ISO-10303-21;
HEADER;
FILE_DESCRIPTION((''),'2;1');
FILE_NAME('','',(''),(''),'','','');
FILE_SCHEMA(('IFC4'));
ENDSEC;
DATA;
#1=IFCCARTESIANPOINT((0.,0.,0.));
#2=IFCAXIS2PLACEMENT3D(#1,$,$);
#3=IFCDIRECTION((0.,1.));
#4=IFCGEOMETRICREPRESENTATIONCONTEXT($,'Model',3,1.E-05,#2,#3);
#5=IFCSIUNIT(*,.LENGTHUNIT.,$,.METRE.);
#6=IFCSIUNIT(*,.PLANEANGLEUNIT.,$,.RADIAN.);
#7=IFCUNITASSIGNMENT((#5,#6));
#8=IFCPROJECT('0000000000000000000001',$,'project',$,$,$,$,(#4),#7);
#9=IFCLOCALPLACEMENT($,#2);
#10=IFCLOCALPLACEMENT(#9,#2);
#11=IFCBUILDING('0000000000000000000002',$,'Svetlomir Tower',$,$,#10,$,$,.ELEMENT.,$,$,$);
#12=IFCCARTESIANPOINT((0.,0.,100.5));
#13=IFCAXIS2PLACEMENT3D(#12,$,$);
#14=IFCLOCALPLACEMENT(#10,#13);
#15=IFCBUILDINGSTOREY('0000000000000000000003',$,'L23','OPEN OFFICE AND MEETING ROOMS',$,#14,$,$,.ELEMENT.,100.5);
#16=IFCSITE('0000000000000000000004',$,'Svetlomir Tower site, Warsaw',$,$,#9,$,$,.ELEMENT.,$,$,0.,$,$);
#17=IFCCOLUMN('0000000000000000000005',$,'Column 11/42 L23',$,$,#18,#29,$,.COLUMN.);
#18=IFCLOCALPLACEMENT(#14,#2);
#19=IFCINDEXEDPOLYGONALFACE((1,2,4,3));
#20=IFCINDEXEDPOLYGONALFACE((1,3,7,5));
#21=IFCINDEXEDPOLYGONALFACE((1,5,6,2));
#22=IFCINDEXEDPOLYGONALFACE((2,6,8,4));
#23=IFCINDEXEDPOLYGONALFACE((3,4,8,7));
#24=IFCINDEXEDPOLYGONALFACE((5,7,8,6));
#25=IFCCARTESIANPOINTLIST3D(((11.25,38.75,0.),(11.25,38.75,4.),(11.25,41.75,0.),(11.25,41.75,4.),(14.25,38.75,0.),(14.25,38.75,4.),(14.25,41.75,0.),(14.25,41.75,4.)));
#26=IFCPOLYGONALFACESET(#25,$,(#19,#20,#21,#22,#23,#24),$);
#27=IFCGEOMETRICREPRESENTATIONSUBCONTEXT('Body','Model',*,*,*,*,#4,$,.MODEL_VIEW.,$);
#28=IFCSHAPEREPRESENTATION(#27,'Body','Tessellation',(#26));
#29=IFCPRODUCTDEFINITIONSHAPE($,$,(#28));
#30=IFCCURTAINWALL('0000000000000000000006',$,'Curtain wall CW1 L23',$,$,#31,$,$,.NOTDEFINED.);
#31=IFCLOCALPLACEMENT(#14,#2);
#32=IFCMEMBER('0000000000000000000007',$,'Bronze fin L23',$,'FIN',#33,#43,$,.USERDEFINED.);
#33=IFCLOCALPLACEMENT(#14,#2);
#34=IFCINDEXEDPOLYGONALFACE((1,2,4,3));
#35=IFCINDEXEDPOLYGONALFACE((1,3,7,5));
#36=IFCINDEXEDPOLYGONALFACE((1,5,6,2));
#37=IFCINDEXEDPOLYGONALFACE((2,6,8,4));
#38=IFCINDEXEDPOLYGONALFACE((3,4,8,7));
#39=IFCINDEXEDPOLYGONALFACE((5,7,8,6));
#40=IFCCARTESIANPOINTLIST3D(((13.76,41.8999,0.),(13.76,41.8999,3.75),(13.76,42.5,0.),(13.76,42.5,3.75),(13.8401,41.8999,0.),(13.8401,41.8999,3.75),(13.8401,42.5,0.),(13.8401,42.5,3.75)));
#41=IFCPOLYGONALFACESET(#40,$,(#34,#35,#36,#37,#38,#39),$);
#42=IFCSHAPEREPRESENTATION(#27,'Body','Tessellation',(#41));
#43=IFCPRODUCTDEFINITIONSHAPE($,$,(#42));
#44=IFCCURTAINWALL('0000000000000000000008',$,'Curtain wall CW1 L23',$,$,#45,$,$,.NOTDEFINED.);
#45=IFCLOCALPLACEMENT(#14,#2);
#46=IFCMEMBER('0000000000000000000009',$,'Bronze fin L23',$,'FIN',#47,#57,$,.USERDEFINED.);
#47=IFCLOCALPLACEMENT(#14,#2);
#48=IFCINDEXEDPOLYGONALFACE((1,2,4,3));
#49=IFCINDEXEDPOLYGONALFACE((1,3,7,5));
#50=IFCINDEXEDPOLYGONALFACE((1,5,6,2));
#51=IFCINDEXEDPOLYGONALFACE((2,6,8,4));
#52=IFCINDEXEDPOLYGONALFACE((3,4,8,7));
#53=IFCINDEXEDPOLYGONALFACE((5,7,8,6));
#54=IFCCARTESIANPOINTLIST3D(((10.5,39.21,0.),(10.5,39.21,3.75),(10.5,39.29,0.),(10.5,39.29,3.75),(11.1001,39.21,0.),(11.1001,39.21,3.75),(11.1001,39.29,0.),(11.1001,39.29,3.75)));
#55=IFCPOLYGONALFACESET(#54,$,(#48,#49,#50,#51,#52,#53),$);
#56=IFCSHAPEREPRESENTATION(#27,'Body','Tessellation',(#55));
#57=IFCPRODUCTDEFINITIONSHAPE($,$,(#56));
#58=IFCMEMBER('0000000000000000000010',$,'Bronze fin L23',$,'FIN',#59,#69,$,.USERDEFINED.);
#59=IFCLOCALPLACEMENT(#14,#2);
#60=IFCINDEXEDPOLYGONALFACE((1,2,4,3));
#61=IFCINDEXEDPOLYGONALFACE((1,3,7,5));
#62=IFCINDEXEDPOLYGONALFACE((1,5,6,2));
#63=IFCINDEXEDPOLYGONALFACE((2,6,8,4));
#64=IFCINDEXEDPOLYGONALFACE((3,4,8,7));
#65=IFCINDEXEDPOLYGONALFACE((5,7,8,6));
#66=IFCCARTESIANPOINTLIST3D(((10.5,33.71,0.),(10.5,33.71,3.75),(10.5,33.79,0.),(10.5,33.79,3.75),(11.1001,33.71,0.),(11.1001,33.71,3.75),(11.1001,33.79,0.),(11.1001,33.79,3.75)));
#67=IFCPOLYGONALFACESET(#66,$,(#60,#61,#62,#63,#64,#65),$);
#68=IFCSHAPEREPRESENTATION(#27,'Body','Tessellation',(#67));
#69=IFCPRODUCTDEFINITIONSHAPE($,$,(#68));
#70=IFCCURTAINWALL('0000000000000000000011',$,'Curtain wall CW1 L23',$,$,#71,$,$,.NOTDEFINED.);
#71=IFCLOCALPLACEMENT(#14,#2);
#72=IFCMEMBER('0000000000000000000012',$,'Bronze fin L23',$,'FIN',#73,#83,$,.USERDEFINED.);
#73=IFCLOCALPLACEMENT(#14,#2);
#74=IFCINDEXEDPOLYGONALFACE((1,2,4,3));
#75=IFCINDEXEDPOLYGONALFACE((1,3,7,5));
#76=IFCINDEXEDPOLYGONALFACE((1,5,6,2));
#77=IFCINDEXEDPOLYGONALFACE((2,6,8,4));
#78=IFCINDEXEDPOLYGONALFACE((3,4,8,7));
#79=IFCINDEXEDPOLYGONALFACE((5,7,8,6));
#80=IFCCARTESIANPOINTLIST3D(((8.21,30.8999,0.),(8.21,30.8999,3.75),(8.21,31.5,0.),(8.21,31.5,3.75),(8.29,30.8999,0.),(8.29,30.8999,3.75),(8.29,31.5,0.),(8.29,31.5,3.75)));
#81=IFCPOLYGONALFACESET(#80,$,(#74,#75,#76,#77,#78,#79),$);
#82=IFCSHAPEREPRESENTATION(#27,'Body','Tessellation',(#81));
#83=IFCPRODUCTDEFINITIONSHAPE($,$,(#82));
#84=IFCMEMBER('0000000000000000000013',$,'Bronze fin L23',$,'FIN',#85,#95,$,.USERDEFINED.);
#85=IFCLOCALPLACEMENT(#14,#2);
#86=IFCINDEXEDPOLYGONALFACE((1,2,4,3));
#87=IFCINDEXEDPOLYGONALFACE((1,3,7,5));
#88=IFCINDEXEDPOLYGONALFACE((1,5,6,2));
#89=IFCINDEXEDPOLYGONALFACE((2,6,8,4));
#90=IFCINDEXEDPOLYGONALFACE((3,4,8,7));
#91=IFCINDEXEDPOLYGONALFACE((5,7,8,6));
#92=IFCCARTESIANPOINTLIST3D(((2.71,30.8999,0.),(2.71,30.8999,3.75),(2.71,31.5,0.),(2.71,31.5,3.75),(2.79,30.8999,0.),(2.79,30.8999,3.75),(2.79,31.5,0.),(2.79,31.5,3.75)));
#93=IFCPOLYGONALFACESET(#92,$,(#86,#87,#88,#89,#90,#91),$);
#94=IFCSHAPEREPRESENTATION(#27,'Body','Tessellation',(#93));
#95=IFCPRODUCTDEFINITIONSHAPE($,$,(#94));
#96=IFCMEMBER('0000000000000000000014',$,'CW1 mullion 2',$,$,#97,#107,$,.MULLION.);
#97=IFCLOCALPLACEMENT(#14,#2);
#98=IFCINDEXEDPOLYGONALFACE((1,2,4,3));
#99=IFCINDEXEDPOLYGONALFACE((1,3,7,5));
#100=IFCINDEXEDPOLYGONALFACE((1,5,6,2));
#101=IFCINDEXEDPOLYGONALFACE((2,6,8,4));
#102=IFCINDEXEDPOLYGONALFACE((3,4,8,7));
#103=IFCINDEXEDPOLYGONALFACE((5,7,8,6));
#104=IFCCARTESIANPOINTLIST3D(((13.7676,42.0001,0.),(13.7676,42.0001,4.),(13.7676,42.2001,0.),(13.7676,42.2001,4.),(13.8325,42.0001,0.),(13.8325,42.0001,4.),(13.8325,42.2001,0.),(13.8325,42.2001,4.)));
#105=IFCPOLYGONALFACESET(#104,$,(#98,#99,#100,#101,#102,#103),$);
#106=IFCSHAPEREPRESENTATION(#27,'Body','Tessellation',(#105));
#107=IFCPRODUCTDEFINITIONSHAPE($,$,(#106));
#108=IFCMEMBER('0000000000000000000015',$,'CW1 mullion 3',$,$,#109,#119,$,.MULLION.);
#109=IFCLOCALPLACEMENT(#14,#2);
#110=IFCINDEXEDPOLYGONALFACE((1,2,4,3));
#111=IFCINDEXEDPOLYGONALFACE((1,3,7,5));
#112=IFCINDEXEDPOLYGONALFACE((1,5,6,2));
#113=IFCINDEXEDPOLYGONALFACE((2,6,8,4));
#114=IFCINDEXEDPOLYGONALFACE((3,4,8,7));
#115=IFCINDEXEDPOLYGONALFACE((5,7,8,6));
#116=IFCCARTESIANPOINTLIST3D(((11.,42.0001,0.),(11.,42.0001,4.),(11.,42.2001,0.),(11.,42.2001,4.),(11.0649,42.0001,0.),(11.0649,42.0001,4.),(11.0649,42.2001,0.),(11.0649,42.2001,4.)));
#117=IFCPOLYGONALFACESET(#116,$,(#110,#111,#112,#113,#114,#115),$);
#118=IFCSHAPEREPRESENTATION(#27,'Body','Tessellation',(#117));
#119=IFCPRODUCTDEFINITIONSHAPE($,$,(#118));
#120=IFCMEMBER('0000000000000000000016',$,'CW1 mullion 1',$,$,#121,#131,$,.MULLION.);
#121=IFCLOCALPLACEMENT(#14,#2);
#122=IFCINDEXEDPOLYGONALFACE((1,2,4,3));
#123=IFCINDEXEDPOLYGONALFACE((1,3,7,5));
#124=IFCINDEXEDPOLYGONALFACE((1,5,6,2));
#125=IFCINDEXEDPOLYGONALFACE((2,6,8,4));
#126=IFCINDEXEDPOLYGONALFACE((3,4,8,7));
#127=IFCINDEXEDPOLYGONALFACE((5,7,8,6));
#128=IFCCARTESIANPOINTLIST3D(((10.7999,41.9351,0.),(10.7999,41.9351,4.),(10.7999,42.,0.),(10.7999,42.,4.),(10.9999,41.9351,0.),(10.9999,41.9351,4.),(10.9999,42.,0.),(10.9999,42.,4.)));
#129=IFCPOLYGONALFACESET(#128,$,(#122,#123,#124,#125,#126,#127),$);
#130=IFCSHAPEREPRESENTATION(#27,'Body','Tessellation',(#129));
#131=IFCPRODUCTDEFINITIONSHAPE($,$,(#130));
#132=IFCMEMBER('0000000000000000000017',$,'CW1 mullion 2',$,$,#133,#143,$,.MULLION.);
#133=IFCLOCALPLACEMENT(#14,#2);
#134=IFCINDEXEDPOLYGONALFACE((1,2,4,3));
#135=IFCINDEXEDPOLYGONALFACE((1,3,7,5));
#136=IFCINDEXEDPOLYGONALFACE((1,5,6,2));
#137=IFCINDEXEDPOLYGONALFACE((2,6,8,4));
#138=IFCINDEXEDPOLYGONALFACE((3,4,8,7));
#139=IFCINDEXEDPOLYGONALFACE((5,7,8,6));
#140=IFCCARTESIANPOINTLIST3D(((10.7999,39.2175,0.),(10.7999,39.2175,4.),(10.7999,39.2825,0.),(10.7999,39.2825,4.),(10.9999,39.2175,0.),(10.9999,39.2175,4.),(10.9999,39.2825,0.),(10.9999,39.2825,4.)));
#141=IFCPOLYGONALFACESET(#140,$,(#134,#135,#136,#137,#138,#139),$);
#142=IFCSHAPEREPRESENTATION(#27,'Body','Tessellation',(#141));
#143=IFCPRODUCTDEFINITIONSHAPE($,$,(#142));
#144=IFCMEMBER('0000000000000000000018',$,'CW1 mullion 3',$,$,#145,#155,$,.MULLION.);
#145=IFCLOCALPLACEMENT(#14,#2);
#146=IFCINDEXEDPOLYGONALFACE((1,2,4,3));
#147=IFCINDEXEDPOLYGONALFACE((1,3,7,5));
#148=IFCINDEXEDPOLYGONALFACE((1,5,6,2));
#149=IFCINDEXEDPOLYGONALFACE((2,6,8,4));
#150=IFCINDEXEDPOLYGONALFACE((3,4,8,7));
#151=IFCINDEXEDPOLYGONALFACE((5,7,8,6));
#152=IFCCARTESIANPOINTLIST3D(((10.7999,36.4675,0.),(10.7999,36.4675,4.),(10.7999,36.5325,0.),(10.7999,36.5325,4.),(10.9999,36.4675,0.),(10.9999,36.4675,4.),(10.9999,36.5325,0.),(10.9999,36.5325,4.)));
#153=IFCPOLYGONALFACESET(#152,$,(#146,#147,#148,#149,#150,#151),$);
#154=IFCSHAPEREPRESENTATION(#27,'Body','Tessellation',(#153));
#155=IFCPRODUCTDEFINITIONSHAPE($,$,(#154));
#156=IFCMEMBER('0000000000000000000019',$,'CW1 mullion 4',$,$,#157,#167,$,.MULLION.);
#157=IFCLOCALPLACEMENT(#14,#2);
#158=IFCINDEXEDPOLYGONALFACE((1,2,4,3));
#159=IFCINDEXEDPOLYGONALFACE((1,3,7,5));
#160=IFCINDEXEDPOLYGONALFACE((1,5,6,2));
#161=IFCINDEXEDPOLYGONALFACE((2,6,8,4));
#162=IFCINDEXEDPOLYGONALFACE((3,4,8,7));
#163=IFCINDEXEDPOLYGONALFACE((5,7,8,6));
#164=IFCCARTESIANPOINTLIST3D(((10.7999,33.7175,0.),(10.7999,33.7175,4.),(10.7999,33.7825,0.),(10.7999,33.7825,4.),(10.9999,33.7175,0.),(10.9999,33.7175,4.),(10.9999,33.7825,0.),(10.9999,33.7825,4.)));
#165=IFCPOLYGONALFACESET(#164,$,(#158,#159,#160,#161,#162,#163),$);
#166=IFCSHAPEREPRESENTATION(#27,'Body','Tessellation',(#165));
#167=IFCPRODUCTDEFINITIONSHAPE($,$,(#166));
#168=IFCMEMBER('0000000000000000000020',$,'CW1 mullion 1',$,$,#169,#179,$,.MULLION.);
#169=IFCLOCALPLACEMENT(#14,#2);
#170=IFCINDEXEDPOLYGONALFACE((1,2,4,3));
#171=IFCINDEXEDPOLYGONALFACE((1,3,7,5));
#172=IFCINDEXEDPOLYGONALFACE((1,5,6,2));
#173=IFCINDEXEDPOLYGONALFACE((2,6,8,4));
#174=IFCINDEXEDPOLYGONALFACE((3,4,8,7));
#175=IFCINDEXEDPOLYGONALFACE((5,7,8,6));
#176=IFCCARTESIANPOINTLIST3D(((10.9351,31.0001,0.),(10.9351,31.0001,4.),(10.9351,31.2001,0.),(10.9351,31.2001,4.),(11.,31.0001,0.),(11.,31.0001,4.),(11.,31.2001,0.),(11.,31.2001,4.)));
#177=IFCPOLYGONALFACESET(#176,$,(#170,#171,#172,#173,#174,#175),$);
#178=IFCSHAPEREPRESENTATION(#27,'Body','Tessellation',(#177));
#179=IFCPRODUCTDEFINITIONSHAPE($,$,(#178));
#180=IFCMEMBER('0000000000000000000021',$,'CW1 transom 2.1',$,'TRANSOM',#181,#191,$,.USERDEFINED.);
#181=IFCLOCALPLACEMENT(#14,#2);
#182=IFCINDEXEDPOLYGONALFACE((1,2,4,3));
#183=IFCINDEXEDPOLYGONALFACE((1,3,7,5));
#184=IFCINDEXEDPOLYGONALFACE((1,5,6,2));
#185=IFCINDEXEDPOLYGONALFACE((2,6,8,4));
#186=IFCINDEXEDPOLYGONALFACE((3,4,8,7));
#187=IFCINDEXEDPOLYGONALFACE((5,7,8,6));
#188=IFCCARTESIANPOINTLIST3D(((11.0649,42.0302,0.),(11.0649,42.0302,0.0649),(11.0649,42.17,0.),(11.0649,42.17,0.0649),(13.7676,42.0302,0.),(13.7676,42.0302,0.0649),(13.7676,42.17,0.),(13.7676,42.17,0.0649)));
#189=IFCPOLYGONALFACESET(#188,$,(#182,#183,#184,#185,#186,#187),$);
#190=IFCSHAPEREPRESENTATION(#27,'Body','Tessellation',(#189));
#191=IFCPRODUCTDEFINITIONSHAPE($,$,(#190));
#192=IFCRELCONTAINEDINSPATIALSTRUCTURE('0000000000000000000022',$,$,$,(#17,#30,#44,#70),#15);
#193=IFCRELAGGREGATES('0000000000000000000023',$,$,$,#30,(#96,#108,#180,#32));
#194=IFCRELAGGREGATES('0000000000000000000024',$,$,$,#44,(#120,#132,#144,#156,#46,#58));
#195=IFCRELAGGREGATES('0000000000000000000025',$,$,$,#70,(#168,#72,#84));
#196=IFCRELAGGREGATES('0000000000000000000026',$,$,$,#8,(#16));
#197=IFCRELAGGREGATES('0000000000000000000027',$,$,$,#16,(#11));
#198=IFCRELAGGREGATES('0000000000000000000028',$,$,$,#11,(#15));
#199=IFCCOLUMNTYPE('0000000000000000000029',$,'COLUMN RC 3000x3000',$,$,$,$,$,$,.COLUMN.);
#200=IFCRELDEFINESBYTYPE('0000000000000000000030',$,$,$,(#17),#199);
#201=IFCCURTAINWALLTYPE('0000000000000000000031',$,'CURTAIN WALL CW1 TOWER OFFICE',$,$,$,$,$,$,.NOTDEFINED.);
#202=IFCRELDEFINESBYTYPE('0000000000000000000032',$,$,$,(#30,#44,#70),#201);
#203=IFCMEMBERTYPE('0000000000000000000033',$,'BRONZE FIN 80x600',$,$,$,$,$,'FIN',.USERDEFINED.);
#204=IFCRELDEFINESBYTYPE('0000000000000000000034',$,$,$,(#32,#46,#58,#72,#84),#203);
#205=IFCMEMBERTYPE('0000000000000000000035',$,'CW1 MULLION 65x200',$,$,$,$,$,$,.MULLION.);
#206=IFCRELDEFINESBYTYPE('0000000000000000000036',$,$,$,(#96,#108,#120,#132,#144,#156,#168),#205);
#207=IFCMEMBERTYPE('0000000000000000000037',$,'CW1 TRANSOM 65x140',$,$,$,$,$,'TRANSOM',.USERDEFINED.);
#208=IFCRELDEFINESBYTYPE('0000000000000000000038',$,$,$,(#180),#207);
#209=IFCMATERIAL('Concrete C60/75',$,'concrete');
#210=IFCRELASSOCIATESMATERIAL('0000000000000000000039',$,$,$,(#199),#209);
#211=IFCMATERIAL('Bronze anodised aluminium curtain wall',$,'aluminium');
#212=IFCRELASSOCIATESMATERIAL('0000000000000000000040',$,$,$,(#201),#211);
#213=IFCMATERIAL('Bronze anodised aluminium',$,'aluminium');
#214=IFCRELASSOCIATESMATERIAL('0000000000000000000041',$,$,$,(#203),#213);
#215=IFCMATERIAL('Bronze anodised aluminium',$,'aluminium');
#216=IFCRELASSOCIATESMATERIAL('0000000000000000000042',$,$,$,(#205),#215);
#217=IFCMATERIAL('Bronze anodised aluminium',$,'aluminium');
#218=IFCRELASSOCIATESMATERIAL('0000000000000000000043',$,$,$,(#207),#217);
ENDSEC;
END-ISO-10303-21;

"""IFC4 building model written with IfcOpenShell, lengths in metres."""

from ifc_helpers import new_model, si_unit, direction, frame, origin, origin_2d, place, context, subcontext, project, spatial, rectangle, extrude, material, material_profile, profile_set, type_object, element, aggregate, save


model = new_model("IFC4")

# Units and contexts
model_context = context("Model", 3, precision=1e-05, world=origin(), true_north=direction((0.0, 1.0)))
body_context = subcontext(model_context, "Body", "Model", "MODEL_VIEW")
ifc_project = project(units=[si_unit("LENGTHUNIT", "METRE"), si_unit("PLANEANGLEUNIT", "RADIAN")], contexts=[model_context])

# Site, building, storey
site_placement = place(None, origin())
site = spatial("IfcSite", under=ifc_project, at=site_placement, Name="Svetlomir Tower site, Warsaw", CompositionType="ELEMENT", RefElevation=0.0)
building_placement = place(site_placement, origin())
building = spatial("IfcBuilding", under=site, at=building_placement, Name="Svetlomir Tower", CompositionType="ELEMENT")
storey_placement = place(building_placement, frame((0.0, 0.0, 100.5)))
storey = spatial("IfcBuildingStorey", under=building, at=storey_placement, Name="L23", Description="OPEN OFFICE AND MEETING ROOMS", CompositionType="ELEMENT", Elevation=100.5)

# Column
ifc_material_1 = material(Name="Concrete C60/75", Category="concrete")
ifc_material_profile_1 = material_profile(ifc_material_1, rectangle(XDim=3.0, YDim=3.0, at=origin_2d()), Name="RC 3000x3000")
ifc_profile_set_1 = profile_set([ifc_material_profile_1], Name="Concrete C60/75")
column_type = type_object("IfcColumnType", Name="COLUMN RC 3000x3000", PredefinedType="COLUMN", material=ifc_profile_set_1)
column_placement = place(storey_placement, frame((12.75, 40.25, 0.0), z_axis=(0.0, 0.0, 1.0), x_axis=(1.0, 0.0, 0.0)))
element("IfcColumn", 1, at=column_placement, inside=storey, type_object=column_type, Name="Column 11/42 L23", PredefinedType="COLUMN", context=body_context, shape_type="SweptSolid", body=[
    extrude(rectangle(XDim=3.0, YDim=3.0, at=origin_2d()), origin(), (0.0, 0.0, 1.0), 4.0),
])

# Curtain wall, member
ifc_material_2 = material(Name="Bronze anodised aluminium curtain wall", Category="aluminium")
curtain_wall_type = type_object("IfcCurtainWallType", Name="CURTAIN WALL CW1 TOWER OFFICE", PredefinedType="NOTDEFINED", material=ifc_material_2)
curtain_wall_1_placement = place(storey_placement, origin())
curtain_wall_1 = element("IfcCurtainWall", 2, at=curtain_wall_1_placement, inside=storey, type_object=curtain_wall_type, Name="Curtain wall CW1 L23", PredefinedType="NOTDEFINED")
ifc_material_3 = material(Name="Bronze anodised aluminium", Category="aluminium")
ifc_material_profile_2 = material_profile(ifc_material_3, rectangle(XDim=0.0801, YDim=0.6001, at=origin_2d()), Name="FIN 80x600")
ifc_profile_set_2 = profile_set([ifc_material_profile_2], Name="Bronze anodised aluminium 6063-T6")
member_type_1 = type_object("IfcMemberType", Name="BRONZE FIN 80x600", ElementType="FIN", PredefinedType="USERDEFINED", material=ifc_profile_set_2)
member_1_placement = place(storey_placement, frame((13.8, 42.2, 0.0), z_axis=(0.0, 0.0, 1.0), x_axis=(1.0, 0.0, 0.0)))
member_1 = element("IfcMember", 3, at=member_1_placement, type_object=member_type_1, Name="Bronze fin L23", ObjectType="FIN", PredefinedType="USERDEFINED", context=body_context, shape_type="SweptSolid", body=[
    extrude(rectangle(XDim=0.0801, YDim=0.6001, at=origin_2d()), origin(), (0.0, 0.0, 1.0), 3.75),
])

# Curtain walls, members
curtain_wall_2_placement = place(storey_placement, origin())
curtain_wall_2 = element("IfcCurtainWall", 4, at=curtain_wall_2_placement, inside=storey, type_object=curtain_wall_type, Name="Curtain wall CW1 L23", PredefinedType="NOTDEFINED")
member_2_placement = place(storey_placement, frame((10.8, 39.25, 0.0), z_axis=(0.0, 0.0, 1.0), x_axis=(0.0, 1.0, 0.0)))
member_2 = element("IfcMember", 5, at=member_2_placement, type_object=member_type_1, Name="Bronze fin L23", ObjectType="FIN", PredefinedType="USERDEFINED", context=body_context, shape_type="SweptSolid", body=[
    extrude(rectangle(XDim=0.0801, YDim=0.6001, at=origin_2d()), origin(), (0.0, 0.0, 1.0), 3.75),
])
member_3_placement = place(storey_placement, frame((10.8, 33.75, 0.0), z_axis=(0.0, 0.0, 1.0), x_axis=(0.0, 1.0, 0.0)))
member_3 = element("IfcMember", 6, at=member_3_placement, type_object=member_type_1, Name="Bronze fin L23", ObjectType="FIN", PredefinedType="USERDEFINED", context=body_context, shape_type="SweptSolid", body=[
    extrude(rectangle(XDim=0.0801, YDim=0.6001, at=origin_2d()), origin(), (0.0, 0.0, 1.0), 3.75),
])
curtain_wall_3_placement = place(storey_placement, origin())
curtain_wall_3 = element("IfcCurtainWall", 7, at=curtain_wall_3_placement, inside=storey, type_object=curtain_wall_type, Name="Curtain wall CW1 L23", PredefinedType="NOTDEFINED")
member_4_placement = place(storey_placement, frame((8.25, 31.2, 0.0), z_axis=(0.0, 0.0, 1.0), x_axis=(1.0, 0.0, 0.0)))
member_4 = element("IfcMember", 8, at=member_4_placement, type_object=member_type_1, Name="Bronze fin L23", ObjectType="FIN", PredefinedType="USERDEFINED", context=body_context, shape_type="SweptSolid", body=[
    extrude(rectangle(XDim=0.0801, YDim=0.6001, at=origin_2d()), origin(), (0.0, 0.0, 1.0), 3.75),
])
member_5_placement = place(storey_placement, frame((2.75, 31.2, 0.0), z_axis=(0.0, 0.0, 1.0), x_axis=(1.0, 0.0, 0.0)))
member_5 = element("IfcMember", 9, at=member_5_placement, type_object=member_type_1, Name="Bronze fin L23", ObjectType="FIN", PredefinedType="USERDEFINED", context=body_context, shape_type="SweptSolid", body=[
    extrude(rectangle(XDim=0.0801, YDim=0.6001, at=origin_2d()), origin(), (0.0, 0.0, 1.0), 3.75),
])

# Members
ifc_material_4 = material(Name="Bronze anodised aluminium", Category="aluminium")
ifc_material_profile_3 = material_profile(ifc_material_4, rectangle(XDim=0.0649, YDim=0.2, at=origin_2d()), Name="AL 65x200")
ifc_profile_set_3 = profile_set([ifc_material_profile_3], Name="Bronze anodised aluminium 6063-T6")
member_type_2 = type_object("IfcMemberType", Name="CW1 MULLION 65x200", PredefinedType="MULLION", material=ifc_profile_set_3)
member_6_placement = place(storey_placement, frame((13.8, 42.1001, 0.0), z_axis=(0.0, 0.0, 1.0), x_axis=(-1.0, 0.0, 0.0)))
member_6 = element("IfcMember", 10, at=member_6_placement, type_object=member_type_2, Name="CW1 mullion 2", PredefinedType="MULLION", context=body_context, shape_type="SweptSolid", body=[
    extrude(rectangle(XDim=0.0649, YDim=0.2, at=origin_2d()), origin(), (0.0, 0.0, 1.0), 4.0),
])
member_7_placement = place(storey_placement, frame((11.0325, 42.1001, 0.0), z_axis=(0.0, 0.0, 1.0), x_axis=(-1.0, 0.0, 0.0)))
member_7 = element("IfcMember", 11, at=member_7_placement, type_object=member_type_2, Name="CW1 mullion 3", PredefinedType="MULLION", context=body_context, shape_type="SweptSolid", body=[
    extrude(rectangle(XDim=0.0649, YDim=0.2, at=origin_2d()), origin(), (0.0, 0.0, 1.0), 4.0),
])
member_8_placement = place(storey_placement, frame((10.8999, 41.9675, 0.0), z_axis=(0.0, 0.0, 1.0), x_axis=(0.0, -1.0, 0.0)))
member_8 = element("IfcMember", 12, at=member_8_placement, type_object=member_type_2, Name="CW1 mullion 1", PredefinedType="MULLION", context=body_context, shape_type="SweptSolid", body=[
    extrude(rectangle(XDim=0.0649, YDim=0.2, at=origin_2d()), origin(), (0.0, 0.0, 1.0), 4.0),
])
member_9_placement = place(storey_placement, frame((10.8999, 39.25, 0.0), z_axis=(0.0, 0.0, 1.0), x_axis=(0.0, -1.0, 0.0)))
member_9 = element("IfcMember", 13, at=member_9_placement, type_object=member_type_2, Name="CW1 mullion 2", PredefinedType="MULLION", context=body_context, shape_type="SweptSolid", body=[
    extrude(rectangle(XDim=0.0649, YDim=0.2, at=origin_2d()), origin(), (0.0, 0.0, 1.0), 4.0),
])
member_10_placement = place(storey_placement, frame((10.8999, 36.5, 0.0), z_axis=(0.0, 0.0, 1.0), x_axis=(0.0, -1.0, 0.0)))
member_10 = element("IfcMember", 14, at=member_10_placement, type_object=member_type_2, Name="CW1 mullion 3", PredefinedType="MULLION", context=body_context, shape_type="SweptSolid", body=[
    extrude(rectangle(XDim=0.0649, YDim=0.2, at=origin_2d()), origin(), (0.0, 0.0, 1.0), 4.0),
])
member_11_placement = place(storey_placement, frame((10.8999, 33.75, 0.0), z_axis=(0.0, 0.0, 1.0), x_axis=(0.0, -1.0, 0.0)))
member_11 = element("IfcMember", 15, at=member_11_placement, type_object=member_type_2, Name="CW1 mullion 4", PredefinedType="MULLION", context=body_context, shape_type="SweptSolid", body=[
    extrude(rectangle(XDim=0.0649, YDim=0.2, at=origin_2d()), origin(), (0.0, 0.0, 1.0), 4.0),
])
member_12_placement = place(storey_placement, frame((10.9675, 31.1001, 0.0), z_axis=(0.0, 0.0, 1.0), x_axis=(-1.0, 0.0, 0.0)))
member_12 = element("IfcMember", 16, at=member_12_placement, type_object=member_type_2, Name="CW1 mullion 1", PredefinedType="MULLION", context=body_context, shape_type="SweptSolid", body=[
    extrude(rectangle(XDim=0.0649, YDim=0.2, at=origin_2d()), origin(), (0.0, 0.0, 1.0), 4.0),
])
ifc_material_5 = material(Name="Bronze anodised aluminium", Category="aluminium")
ifc_material_profile_4 = material_profile(ifc_material_5, rectangle(XDim=0.1399, YDim=0.0649, at=origin_2d()), Name="AL 140x65")
ifc_profile_set_4 = profile_set([ifc_material_profile_4], Name="Bronze anodised aluminium 6063-T6")
member_type_3 = type_object("IfcMemberType", Name="CW1 TRANSOM 65x140", ElementType="TRANSOM", PredefinedType="USERDEFINED", material=ifc_profile_set_4)
member_13_placement = place(storey_placement, frame((13.7676, 42.1001, 0.0325), z_axis=(-1.0, 0.0, 0.0), x_axis=(0.0, -1.0, 0.0)))
member_13 = element("IfcMember", 17, at=member_13_placement, type_object=member_type_3, Name="CW1 transom 2.1", ObjectType="TRANSOM", PredefinedType="USERDEFINED", context=body_context, shape_type="SweptSolid", body=[
    extrude(rectangle(XDim=0.1399, YDim=0.0649, at=origin_2d()), origin(), (0.0, 0.0, 1.0), 2.7026),
])

aggregate(curtain_wall_1, [member_6, member_7, member_13, member_1])
aggregate(curtain_wall_2, [member_8, member_9, member_10, member_11, member_2, member_3])
aggregate(curtain_wall_3, [member_12, member_4, member_5])

save(model, "model.ifc")
